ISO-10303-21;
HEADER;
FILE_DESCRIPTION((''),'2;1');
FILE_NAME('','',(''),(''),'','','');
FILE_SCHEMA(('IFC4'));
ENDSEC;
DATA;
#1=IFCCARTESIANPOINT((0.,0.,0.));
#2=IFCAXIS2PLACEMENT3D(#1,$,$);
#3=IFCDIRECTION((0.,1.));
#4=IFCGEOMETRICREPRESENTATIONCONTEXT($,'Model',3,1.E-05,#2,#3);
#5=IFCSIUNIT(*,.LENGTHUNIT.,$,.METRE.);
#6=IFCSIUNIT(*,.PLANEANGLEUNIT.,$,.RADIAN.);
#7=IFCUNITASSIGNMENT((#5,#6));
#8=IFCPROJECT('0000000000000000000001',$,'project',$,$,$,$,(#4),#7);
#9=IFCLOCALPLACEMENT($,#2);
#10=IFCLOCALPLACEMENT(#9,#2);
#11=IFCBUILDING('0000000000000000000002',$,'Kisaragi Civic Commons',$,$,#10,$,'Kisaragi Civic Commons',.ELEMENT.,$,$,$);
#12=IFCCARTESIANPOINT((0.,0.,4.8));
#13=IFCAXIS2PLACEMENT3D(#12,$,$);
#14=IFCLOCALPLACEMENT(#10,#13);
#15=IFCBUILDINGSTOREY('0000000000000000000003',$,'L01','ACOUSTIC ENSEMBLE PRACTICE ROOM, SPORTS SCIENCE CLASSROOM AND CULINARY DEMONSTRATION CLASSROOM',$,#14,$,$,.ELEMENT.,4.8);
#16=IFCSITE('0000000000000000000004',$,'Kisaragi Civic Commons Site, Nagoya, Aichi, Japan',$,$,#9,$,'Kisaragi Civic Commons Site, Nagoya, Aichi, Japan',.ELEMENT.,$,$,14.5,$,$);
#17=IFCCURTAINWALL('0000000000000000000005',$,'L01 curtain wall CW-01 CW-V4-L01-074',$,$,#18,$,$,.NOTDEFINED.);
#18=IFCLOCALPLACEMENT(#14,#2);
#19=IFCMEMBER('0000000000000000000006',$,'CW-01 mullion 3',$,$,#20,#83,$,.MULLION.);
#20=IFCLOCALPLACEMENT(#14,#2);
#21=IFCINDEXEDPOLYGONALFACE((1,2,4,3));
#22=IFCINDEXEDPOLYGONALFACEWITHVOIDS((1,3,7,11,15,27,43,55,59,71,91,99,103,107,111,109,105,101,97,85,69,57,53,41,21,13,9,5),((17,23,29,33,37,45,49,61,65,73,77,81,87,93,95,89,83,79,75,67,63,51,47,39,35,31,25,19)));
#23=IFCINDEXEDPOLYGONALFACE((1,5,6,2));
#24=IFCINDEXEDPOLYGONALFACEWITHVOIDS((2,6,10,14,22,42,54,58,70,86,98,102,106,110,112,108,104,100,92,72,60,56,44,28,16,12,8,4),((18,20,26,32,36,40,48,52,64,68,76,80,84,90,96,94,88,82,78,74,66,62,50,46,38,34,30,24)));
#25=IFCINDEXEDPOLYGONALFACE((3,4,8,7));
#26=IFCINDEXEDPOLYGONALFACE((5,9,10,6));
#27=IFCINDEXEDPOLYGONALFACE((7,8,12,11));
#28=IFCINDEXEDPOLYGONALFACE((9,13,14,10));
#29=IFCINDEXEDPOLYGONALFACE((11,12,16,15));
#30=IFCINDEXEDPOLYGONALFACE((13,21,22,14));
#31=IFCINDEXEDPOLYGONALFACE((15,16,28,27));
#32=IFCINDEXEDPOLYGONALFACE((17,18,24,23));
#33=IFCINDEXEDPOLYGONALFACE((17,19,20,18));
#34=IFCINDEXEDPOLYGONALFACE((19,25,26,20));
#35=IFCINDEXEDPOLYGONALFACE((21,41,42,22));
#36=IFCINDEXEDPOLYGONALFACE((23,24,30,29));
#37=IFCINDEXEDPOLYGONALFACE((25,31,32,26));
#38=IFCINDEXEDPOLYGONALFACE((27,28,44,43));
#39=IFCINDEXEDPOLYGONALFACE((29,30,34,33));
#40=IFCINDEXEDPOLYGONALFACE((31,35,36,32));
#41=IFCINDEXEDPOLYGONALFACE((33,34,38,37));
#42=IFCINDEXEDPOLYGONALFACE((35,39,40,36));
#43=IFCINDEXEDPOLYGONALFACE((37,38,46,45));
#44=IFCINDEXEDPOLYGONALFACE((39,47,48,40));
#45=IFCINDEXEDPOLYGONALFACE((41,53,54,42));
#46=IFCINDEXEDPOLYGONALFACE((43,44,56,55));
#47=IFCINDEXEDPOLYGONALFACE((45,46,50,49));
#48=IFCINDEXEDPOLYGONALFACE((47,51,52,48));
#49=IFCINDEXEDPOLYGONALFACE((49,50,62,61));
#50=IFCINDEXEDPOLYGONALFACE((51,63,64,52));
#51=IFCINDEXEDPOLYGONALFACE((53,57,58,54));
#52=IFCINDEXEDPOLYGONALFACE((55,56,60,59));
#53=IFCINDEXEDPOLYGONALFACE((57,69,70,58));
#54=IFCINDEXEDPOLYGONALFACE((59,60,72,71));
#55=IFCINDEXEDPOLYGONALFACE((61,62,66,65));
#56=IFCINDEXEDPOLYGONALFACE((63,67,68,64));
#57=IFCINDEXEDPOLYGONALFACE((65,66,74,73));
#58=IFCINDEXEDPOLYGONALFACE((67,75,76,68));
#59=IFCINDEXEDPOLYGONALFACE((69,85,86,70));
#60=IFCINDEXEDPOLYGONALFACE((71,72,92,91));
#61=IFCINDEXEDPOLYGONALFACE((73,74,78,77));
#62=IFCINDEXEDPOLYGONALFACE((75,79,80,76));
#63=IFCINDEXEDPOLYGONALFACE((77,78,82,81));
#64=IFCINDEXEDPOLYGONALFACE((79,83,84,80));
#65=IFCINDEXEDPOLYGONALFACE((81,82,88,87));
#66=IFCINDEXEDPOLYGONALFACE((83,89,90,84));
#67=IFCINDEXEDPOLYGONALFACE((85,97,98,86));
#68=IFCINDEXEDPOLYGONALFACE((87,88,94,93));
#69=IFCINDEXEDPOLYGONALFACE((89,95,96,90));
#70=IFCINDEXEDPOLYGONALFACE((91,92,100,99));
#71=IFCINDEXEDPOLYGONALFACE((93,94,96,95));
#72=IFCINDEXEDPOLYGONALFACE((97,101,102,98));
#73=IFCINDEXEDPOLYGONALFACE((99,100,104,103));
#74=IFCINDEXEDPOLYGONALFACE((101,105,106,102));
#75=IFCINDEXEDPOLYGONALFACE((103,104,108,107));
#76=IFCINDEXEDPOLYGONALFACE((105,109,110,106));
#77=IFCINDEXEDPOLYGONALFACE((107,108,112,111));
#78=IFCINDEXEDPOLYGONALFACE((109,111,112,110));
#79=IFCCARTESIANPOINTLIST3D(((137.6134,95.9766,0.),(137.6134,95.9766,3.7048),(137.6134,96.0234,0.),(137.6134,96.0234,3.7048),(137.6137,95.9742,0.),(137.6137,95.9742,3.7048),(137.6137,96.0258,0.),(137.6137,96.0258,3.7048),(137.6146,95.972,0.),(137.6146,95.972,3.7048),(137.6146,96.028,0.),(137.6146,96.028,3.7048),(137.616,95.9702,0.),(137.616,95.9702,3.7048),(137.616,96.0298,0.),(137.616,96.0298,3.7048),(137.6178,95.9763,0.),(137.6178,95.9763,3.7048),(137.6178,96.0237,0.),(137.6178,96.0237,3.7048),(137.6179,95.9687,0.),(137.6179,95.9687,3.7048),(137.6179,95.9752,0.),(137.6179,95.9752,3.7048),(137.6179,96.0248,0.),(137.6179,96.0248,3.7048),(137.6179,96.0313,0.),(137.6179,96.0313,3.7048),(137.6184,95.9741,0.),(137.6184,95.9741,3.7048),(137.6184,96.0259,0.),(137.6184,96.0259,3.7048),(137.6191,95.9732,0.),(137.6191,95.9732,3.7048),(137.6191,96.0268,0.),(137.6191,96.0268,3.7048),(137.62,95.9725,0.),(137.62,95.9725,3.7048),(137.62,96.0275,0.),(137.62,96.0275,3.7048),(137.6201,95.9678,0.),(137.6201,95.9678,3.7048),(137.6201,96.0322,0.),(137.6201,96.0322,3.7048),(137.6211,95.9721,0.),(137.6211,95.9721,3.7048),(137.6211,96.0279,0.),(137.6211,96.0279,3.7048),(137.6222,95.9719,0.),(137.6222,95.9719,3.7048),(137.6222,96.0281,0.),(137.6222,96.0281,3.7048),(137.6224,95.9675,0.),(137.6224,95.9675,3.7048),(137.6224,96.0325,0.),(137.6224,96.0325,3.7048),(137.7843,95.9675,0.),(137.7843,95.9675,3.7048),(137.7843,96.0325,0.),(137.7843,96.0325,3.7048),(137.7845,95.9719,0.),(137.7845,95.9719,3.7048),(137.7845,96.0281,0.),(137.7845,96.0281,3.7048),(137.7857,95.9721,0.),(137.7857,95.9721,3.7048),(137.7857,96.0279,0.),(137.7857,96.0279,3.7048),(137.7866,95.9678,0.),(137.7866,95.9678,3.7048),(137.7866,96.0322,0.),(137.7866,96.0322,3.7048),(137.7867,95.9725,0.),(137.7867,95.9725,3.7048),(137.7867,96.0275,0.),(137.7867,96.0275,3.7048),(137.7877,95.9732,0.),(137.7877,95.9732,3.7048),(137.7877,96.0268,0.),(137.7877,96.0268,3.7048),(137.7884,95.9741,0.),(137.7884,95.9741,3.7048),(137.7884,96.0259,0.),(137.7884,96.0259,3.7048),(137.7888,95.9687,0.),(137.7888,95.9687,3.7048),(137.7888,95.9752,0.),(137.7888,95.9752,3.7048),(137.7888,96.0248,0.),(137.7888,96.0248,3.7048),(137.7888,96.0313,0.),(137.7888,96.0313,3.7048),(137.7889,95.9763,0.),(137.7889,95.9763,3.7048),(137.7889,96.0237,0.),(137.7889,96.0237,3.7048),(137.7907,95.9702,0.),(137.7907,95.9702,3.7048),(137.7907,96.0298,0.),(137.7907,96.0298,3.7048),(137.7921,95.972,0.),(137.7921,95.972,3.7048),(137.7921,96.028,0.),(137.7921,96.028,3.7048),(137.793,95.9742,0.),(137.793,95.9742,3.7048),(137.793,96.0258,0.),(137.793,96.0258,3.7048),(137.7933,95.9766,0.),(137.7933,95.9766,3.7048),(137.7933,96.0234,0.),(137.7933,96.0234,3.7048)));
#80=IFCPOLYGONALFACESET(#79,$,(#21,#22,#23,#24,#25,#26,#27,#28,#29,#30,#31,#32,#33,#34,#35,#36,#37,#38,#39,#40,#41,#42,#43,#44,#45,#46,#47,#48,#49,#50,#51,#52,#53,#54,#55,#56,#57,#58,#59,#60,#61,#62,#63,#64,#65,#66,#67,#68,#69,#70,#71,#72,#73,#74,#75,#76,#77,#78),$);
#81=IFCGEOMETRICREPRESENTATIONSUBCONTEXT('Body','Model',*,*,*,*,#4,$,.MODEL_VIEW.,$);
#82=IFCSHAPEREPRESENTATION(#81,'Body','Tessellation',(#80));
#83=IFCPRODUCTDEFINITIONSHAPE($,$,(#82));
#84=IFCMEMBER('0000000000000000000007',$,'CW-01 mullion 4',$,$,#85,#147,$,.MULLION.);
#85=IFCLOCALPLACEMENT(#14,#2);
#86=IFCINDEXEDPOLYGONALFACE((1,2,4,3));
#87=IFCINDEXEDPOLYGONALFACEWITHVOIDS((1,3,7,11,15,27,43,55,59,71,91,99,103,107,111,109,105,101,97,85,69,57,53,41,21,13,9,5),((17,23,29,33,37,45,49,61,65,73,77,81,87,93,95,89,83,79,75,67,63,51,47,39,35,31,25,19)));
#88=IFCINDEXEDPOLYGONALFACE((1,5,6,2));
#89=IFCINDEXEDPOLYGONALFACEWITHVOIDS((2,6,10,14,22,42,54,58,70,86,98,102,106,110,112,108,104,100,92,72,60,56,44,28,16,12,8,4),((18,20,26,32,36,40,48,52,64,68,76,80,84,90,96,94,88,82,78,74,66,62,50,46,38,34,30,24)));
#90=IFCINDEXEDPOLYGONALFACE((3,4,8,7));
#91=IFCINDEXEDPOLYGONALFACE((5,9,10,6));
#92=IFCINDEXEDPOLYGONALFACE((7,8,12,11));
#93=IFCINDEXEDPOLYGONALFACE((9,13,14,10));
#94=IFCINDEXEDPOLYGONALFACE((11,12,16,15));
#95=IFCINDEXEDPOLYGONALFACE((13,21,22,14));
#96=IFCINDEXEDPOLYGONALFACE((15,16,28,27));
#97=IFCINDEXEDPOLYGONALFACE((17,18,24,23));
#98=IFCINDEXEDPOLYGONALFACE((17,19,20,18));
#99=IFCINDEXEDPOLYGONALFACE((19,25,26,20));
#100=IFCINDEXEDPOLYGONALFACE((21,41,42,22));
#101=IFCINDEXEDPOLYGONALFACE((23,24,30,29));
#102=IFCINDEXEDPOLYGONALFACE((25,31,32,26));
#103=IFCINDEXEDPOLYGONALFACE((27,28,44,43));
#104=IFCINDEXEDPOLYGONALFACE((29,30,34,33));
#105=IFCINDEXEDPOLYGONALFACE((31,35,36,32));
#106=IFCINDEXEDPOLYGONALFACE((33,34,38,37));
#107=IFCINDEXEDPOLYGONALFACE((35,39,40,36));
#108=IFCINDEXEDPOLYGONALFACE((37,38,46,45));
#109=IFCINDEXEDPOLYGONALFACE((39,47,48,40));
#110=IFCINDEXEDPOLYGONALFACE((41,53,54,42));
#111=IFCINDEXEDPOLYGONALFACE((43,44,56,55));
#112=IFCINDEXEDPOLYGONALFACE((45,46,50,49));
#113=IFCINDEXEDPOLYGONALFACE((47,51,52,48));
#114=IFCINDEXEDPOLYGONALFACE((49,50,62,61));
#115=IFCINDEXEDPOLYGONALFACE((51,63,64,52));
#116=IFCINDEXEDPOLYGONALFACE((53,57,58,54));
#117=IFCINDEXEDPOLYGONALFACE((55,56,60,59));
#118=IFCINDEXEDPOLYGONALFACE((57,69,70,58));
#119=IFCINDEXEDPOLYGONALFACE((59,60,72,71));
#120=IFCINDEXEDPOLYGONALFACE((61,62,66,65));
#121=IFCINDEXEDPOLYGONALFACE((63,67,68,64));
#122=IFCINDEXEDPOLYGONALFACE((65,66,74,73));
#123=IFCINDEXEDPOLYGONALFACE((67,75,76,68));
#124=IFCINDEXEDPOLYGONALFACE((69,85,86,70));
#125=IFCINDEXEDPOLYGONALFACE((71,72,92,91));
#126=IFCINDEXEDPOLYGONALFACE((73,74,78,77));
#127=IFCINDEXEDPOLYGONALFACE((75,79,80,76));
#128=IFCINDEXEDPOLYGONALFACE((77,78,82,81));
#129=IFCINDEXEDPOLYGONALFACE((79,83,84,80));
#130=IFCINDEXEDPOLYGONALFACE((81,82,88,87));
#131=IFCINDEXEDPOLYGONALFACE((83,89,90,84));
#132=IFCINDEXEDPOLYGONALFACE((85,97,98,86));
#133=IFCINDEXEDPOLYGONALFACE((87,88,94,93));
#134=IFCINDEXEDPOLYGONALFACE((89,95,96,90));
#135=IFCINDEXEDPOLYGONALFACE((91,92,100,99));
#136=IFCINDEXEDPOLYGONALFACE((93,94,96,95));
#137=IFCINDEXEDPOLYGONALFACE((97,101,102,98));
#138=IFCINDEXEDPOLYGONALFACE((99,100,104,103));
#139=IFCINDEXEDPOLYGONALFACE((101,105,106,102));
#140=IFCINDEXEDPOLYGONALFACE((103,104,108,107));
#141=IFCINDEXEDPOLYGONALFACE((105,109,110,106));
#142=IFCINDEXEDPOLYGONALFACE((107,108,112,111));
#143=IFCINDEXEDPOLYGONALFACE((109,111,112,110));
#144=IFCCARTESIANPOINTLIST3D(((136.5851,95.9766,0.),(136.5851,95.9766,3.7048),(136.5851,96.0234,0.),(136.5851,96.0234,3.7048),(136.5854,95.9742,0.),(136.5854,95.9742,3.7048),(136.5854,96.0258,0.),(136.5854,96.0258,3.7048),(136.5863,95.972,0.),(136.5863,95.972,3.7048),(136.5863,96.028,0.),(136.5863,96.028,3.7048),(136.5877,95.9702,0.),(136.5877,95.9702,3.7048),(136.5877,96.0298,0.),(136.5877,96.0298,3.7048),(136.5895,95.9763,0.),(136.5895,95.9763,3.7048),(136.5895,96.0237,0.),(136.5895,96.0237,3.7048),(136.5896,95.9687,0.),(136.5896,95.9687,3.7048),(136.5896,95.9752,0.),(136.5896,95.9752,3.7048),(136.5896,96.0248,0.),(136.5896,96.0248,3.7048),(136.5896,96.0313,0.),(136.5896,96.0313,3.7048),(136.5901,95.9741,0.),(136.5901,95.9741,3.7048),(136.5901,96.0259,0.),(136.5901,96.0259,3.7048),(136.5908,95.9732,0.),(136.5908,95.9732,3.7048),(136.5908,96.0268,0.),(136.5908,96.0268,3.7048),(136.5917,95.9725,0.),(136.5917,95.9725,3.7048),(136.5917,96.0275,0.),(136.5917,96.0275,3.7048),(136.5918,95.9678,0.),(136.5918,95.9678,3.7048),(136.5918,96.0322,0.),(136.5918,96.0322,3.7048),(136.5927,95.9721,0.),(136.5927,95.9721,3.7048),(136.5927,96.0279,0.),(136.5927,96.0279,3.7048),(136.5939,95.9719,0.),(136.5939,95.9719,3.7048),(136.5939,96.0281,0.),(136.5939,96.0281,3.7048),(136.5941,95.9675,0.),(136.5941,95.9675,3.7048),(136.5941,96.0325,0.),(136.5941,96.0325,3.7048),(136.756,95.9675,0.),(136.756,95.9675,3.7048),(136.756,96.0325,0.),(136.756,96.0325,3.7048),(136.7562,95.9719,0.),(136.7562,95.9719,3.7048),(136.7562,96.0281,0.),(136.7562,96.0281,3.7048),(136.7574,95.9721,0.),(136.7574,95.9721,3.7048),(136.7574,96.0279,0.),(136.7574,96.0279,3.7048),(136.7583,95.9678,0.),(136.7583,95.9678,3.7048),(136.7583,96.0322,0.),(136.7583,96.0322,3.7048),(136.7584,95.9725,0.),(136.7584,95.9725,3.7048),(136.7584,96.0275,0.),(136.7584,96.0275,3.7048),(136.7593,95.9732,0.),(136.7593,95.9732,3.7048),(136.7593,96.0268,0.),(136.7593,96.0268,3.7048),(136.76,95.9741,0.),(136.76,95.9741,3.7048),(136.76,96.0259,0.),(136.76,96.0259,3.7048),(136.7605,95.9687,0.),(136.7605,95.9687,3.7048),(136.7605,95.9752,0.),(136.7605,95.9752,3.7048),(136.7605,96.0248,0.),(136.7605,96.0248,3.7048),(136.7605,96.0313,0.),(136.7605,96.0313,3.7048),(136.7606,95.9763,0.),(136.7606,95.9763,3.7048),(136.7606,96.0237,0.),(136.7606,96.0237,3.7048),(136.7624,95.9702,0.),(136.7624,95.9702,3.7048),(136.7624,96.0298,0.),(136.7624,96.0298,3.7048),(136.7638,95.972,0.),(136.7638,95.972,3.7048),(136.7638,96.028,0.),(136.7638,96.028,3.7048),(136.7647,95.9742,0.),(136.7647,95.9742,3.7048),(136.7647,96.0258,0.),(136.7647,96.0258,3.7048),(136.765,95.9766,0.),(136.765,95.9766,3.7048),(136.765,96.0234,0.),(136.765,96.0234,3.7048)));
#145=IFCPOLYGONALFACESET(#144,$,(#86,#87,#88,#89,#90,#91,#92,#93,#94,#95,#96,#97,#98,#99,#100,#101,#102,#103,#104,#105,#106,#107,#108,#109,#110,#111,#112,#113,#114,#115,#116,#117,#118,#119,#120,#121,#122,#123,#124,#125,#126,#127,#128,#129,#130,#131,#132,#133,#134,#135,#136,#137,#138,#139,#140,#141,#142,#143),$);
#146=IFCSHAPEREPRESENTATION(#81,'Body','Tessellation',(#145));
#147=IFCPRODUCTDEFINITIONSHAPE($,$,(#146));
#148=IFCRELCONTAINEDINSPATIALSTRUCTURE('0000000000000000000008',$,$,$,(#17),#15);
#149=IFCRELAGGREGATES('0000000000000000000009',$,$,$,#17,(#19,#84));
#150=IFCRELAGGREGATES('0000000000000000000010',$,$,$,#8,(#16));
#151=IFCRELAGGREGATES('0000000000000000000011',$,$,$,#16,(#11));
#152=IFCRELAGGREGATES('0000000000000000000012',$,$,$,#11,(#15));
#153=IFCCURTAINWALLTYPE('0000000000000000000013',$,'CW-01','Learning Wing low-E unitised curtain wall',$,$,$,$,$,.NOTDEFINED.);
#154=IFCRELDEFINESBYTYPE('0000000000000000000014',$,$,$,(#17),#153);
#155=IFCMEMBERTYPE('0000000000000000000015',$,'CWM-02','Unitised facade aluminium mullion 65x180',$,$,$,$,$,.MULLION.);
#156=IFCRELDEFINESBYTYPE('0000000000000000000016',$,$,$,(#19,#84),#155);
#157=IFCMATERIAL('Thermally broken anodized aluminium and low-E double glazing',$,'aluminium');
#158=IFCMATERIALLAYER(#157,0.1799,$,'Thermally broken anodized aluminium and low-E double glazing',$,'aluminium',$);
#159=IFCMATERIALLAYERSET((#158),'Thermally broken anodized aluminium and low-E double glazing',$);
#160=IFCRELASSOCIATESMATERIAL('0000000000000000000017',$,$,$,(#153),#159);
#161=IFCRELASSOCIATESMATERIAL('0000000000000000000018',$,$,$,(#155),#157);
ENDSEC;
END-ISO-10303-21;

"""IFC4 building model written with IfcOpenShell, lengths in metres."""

from ifc_helpers import new_model, si_unit, direction, frame, origin, origin_2d, place, context, subcontext, project, spatial, hollow_rectangle, extrude, material, layer, layer_set, material_profile, profile_set, type_object, element, aggregate, save


model = new_model("IFC4")

# Units and contexts
model_context = context("Model", 3, precision=1e-05, world=origin(), true_north=direction((0.0, 1.0)))
body_context = subcontext(model_context, "Body", "Model", "MODEL_VIEW")
ifc_project = project(units=[si_unit("LENGTHUNIT", "METRE"), si_unit("PLANEANGLEUNIT", "RADIAN")], contexts=[model_context])

# Site, building, storey
site_placement = place(None, origin())
site = spatial("IfcSite", under=ifc_project, at=site_placement, Name="Kisaragi Civic Commons Site, Nagoya, Aichi, Japan", LongName="Kisaragi Civic Commons Site, Nagoya, Aichi, Japan", CompositionType="ELEMENT", RefElevation=14.5)
building_placement = place(site_placement, origin())
building = spatial("IfcBuilding", under=site, at=building_placement, Name="Kisaragi Civic Commons", LongName="Kisaragi Civic Commons", CompositionType="ELEMENT")
storey_placement = place(building_placement, frame((0.0, 0.0, 4.8)))
storey = spatial("IfcBuildingStorey", under=building, at=storey_placement, Name="L01", Description="ACOUSTIC ENSEMBLE PRACTICE ROOM, SPORTS SCIENCE CLASSROOM AND CULINARY DEMONSTRATION CLASSROOM", CompositionType="ELEMENT", Elevation=4.8)

# Curtain wall, members
ifc_material = material(Name="Thermally broken anodized aluminium and low-E double glazing", Category="aluminium")
ifc_layer_1 = layer(ifc_material, 0.1799, Name="Thermally broken anodized aluminium and low-E double glazing", Category="aluminium")
ifc_layer_set_1 = layer_set([ifc_layer_1], Name="Thermally broken anodized aluminium and low-E double glazing")
curtain_wall_type = type_object("IfcCurtainWallType", Name="CW-01", Description="Learning Wing low-E unitised curtain wall", PredefinedType="NOTDEFINED", material=ifc_layer_set_1)
curtain_wall_placement = place(storey_placement, origin())
curtain_wall = element("IfcCurtainWall", 1, at=curtain_wall_placement, inside=storey, type_object=curtain_wall_type, Name="L01 curtain wall CW-01 CW-V4-L01-074", PredefinedType="NOTDEFINED")
ifc_material_profile_1 = material_profile(ifc_material, hollow_rectangle(XDim=0.0649, YDim=0.1799, WallThickness=0.0044, InnerFilletRadius=0.0044, OuterFilletRadius=0.009, at=origin_2d()), Name="CWM-65x180x4.5", Category="aluminium")
ifc_profile_set_1 = profile_set([ifc_material_profile_1], Name="Thermally broken anodized aluminium and low-E double glazing")
member_type_1 = type_object("IfcMemberType", Name="CWM-02", Description="Unitised facade aluminium mullion 65x180", PredefinedType="MULLION", material=ifc_profile_set_1)
member_1_placement = place(storey_placement, frame((137.7034, 96.0, 0.0), z_axis=(0.0, 0.0, 1.0), x_axis=(0.0, -1.0, 0.0)))
member_1 = element("IfcMember", 2, at=member_1_placement, type_object=member_type_1, Name="CW-01 mullion 3", PredefinedType="MULLION", context=body_context, shape_type="SweptSolid", body=[
    extrude(hollow_rectangle(XDim=0.0649, YDim=0.1799, WallThickness=0.0044, InnerFilletRadius=0.0044, OuterFilletRadius=0.009, at=origin_2d()), origin(), (0.0, 0.0, 1.0), 3.7048),
])
member_2_placement = place(storey_placement, frame((136.675, 96.0, 0.0), z_axis=(0.0, 0.0, 1.0), x_axis=(0.0, -1.0, 0.0)))
member_2 = element("IfcMember", 3, at=member_2_placement, type_object=member_type_1, Name="CW-01 mullion 4", PredefinedType="MULLION", context=body_context, shape_type="SweptSolid", body=[
    extrude(hollow_rectangle(XDim=0.0649, YDim=0.1799, WallThickness=0.0044, InnerFilletRadius=0.0044, OuterFilletRadius=0.009, at=origin_2d()), origin(), (0.0, 0.0, 1.0), 3.7048),
])
aggregate(curtain_wall, [member_1, member_2])

save(model, "model.ifc")
